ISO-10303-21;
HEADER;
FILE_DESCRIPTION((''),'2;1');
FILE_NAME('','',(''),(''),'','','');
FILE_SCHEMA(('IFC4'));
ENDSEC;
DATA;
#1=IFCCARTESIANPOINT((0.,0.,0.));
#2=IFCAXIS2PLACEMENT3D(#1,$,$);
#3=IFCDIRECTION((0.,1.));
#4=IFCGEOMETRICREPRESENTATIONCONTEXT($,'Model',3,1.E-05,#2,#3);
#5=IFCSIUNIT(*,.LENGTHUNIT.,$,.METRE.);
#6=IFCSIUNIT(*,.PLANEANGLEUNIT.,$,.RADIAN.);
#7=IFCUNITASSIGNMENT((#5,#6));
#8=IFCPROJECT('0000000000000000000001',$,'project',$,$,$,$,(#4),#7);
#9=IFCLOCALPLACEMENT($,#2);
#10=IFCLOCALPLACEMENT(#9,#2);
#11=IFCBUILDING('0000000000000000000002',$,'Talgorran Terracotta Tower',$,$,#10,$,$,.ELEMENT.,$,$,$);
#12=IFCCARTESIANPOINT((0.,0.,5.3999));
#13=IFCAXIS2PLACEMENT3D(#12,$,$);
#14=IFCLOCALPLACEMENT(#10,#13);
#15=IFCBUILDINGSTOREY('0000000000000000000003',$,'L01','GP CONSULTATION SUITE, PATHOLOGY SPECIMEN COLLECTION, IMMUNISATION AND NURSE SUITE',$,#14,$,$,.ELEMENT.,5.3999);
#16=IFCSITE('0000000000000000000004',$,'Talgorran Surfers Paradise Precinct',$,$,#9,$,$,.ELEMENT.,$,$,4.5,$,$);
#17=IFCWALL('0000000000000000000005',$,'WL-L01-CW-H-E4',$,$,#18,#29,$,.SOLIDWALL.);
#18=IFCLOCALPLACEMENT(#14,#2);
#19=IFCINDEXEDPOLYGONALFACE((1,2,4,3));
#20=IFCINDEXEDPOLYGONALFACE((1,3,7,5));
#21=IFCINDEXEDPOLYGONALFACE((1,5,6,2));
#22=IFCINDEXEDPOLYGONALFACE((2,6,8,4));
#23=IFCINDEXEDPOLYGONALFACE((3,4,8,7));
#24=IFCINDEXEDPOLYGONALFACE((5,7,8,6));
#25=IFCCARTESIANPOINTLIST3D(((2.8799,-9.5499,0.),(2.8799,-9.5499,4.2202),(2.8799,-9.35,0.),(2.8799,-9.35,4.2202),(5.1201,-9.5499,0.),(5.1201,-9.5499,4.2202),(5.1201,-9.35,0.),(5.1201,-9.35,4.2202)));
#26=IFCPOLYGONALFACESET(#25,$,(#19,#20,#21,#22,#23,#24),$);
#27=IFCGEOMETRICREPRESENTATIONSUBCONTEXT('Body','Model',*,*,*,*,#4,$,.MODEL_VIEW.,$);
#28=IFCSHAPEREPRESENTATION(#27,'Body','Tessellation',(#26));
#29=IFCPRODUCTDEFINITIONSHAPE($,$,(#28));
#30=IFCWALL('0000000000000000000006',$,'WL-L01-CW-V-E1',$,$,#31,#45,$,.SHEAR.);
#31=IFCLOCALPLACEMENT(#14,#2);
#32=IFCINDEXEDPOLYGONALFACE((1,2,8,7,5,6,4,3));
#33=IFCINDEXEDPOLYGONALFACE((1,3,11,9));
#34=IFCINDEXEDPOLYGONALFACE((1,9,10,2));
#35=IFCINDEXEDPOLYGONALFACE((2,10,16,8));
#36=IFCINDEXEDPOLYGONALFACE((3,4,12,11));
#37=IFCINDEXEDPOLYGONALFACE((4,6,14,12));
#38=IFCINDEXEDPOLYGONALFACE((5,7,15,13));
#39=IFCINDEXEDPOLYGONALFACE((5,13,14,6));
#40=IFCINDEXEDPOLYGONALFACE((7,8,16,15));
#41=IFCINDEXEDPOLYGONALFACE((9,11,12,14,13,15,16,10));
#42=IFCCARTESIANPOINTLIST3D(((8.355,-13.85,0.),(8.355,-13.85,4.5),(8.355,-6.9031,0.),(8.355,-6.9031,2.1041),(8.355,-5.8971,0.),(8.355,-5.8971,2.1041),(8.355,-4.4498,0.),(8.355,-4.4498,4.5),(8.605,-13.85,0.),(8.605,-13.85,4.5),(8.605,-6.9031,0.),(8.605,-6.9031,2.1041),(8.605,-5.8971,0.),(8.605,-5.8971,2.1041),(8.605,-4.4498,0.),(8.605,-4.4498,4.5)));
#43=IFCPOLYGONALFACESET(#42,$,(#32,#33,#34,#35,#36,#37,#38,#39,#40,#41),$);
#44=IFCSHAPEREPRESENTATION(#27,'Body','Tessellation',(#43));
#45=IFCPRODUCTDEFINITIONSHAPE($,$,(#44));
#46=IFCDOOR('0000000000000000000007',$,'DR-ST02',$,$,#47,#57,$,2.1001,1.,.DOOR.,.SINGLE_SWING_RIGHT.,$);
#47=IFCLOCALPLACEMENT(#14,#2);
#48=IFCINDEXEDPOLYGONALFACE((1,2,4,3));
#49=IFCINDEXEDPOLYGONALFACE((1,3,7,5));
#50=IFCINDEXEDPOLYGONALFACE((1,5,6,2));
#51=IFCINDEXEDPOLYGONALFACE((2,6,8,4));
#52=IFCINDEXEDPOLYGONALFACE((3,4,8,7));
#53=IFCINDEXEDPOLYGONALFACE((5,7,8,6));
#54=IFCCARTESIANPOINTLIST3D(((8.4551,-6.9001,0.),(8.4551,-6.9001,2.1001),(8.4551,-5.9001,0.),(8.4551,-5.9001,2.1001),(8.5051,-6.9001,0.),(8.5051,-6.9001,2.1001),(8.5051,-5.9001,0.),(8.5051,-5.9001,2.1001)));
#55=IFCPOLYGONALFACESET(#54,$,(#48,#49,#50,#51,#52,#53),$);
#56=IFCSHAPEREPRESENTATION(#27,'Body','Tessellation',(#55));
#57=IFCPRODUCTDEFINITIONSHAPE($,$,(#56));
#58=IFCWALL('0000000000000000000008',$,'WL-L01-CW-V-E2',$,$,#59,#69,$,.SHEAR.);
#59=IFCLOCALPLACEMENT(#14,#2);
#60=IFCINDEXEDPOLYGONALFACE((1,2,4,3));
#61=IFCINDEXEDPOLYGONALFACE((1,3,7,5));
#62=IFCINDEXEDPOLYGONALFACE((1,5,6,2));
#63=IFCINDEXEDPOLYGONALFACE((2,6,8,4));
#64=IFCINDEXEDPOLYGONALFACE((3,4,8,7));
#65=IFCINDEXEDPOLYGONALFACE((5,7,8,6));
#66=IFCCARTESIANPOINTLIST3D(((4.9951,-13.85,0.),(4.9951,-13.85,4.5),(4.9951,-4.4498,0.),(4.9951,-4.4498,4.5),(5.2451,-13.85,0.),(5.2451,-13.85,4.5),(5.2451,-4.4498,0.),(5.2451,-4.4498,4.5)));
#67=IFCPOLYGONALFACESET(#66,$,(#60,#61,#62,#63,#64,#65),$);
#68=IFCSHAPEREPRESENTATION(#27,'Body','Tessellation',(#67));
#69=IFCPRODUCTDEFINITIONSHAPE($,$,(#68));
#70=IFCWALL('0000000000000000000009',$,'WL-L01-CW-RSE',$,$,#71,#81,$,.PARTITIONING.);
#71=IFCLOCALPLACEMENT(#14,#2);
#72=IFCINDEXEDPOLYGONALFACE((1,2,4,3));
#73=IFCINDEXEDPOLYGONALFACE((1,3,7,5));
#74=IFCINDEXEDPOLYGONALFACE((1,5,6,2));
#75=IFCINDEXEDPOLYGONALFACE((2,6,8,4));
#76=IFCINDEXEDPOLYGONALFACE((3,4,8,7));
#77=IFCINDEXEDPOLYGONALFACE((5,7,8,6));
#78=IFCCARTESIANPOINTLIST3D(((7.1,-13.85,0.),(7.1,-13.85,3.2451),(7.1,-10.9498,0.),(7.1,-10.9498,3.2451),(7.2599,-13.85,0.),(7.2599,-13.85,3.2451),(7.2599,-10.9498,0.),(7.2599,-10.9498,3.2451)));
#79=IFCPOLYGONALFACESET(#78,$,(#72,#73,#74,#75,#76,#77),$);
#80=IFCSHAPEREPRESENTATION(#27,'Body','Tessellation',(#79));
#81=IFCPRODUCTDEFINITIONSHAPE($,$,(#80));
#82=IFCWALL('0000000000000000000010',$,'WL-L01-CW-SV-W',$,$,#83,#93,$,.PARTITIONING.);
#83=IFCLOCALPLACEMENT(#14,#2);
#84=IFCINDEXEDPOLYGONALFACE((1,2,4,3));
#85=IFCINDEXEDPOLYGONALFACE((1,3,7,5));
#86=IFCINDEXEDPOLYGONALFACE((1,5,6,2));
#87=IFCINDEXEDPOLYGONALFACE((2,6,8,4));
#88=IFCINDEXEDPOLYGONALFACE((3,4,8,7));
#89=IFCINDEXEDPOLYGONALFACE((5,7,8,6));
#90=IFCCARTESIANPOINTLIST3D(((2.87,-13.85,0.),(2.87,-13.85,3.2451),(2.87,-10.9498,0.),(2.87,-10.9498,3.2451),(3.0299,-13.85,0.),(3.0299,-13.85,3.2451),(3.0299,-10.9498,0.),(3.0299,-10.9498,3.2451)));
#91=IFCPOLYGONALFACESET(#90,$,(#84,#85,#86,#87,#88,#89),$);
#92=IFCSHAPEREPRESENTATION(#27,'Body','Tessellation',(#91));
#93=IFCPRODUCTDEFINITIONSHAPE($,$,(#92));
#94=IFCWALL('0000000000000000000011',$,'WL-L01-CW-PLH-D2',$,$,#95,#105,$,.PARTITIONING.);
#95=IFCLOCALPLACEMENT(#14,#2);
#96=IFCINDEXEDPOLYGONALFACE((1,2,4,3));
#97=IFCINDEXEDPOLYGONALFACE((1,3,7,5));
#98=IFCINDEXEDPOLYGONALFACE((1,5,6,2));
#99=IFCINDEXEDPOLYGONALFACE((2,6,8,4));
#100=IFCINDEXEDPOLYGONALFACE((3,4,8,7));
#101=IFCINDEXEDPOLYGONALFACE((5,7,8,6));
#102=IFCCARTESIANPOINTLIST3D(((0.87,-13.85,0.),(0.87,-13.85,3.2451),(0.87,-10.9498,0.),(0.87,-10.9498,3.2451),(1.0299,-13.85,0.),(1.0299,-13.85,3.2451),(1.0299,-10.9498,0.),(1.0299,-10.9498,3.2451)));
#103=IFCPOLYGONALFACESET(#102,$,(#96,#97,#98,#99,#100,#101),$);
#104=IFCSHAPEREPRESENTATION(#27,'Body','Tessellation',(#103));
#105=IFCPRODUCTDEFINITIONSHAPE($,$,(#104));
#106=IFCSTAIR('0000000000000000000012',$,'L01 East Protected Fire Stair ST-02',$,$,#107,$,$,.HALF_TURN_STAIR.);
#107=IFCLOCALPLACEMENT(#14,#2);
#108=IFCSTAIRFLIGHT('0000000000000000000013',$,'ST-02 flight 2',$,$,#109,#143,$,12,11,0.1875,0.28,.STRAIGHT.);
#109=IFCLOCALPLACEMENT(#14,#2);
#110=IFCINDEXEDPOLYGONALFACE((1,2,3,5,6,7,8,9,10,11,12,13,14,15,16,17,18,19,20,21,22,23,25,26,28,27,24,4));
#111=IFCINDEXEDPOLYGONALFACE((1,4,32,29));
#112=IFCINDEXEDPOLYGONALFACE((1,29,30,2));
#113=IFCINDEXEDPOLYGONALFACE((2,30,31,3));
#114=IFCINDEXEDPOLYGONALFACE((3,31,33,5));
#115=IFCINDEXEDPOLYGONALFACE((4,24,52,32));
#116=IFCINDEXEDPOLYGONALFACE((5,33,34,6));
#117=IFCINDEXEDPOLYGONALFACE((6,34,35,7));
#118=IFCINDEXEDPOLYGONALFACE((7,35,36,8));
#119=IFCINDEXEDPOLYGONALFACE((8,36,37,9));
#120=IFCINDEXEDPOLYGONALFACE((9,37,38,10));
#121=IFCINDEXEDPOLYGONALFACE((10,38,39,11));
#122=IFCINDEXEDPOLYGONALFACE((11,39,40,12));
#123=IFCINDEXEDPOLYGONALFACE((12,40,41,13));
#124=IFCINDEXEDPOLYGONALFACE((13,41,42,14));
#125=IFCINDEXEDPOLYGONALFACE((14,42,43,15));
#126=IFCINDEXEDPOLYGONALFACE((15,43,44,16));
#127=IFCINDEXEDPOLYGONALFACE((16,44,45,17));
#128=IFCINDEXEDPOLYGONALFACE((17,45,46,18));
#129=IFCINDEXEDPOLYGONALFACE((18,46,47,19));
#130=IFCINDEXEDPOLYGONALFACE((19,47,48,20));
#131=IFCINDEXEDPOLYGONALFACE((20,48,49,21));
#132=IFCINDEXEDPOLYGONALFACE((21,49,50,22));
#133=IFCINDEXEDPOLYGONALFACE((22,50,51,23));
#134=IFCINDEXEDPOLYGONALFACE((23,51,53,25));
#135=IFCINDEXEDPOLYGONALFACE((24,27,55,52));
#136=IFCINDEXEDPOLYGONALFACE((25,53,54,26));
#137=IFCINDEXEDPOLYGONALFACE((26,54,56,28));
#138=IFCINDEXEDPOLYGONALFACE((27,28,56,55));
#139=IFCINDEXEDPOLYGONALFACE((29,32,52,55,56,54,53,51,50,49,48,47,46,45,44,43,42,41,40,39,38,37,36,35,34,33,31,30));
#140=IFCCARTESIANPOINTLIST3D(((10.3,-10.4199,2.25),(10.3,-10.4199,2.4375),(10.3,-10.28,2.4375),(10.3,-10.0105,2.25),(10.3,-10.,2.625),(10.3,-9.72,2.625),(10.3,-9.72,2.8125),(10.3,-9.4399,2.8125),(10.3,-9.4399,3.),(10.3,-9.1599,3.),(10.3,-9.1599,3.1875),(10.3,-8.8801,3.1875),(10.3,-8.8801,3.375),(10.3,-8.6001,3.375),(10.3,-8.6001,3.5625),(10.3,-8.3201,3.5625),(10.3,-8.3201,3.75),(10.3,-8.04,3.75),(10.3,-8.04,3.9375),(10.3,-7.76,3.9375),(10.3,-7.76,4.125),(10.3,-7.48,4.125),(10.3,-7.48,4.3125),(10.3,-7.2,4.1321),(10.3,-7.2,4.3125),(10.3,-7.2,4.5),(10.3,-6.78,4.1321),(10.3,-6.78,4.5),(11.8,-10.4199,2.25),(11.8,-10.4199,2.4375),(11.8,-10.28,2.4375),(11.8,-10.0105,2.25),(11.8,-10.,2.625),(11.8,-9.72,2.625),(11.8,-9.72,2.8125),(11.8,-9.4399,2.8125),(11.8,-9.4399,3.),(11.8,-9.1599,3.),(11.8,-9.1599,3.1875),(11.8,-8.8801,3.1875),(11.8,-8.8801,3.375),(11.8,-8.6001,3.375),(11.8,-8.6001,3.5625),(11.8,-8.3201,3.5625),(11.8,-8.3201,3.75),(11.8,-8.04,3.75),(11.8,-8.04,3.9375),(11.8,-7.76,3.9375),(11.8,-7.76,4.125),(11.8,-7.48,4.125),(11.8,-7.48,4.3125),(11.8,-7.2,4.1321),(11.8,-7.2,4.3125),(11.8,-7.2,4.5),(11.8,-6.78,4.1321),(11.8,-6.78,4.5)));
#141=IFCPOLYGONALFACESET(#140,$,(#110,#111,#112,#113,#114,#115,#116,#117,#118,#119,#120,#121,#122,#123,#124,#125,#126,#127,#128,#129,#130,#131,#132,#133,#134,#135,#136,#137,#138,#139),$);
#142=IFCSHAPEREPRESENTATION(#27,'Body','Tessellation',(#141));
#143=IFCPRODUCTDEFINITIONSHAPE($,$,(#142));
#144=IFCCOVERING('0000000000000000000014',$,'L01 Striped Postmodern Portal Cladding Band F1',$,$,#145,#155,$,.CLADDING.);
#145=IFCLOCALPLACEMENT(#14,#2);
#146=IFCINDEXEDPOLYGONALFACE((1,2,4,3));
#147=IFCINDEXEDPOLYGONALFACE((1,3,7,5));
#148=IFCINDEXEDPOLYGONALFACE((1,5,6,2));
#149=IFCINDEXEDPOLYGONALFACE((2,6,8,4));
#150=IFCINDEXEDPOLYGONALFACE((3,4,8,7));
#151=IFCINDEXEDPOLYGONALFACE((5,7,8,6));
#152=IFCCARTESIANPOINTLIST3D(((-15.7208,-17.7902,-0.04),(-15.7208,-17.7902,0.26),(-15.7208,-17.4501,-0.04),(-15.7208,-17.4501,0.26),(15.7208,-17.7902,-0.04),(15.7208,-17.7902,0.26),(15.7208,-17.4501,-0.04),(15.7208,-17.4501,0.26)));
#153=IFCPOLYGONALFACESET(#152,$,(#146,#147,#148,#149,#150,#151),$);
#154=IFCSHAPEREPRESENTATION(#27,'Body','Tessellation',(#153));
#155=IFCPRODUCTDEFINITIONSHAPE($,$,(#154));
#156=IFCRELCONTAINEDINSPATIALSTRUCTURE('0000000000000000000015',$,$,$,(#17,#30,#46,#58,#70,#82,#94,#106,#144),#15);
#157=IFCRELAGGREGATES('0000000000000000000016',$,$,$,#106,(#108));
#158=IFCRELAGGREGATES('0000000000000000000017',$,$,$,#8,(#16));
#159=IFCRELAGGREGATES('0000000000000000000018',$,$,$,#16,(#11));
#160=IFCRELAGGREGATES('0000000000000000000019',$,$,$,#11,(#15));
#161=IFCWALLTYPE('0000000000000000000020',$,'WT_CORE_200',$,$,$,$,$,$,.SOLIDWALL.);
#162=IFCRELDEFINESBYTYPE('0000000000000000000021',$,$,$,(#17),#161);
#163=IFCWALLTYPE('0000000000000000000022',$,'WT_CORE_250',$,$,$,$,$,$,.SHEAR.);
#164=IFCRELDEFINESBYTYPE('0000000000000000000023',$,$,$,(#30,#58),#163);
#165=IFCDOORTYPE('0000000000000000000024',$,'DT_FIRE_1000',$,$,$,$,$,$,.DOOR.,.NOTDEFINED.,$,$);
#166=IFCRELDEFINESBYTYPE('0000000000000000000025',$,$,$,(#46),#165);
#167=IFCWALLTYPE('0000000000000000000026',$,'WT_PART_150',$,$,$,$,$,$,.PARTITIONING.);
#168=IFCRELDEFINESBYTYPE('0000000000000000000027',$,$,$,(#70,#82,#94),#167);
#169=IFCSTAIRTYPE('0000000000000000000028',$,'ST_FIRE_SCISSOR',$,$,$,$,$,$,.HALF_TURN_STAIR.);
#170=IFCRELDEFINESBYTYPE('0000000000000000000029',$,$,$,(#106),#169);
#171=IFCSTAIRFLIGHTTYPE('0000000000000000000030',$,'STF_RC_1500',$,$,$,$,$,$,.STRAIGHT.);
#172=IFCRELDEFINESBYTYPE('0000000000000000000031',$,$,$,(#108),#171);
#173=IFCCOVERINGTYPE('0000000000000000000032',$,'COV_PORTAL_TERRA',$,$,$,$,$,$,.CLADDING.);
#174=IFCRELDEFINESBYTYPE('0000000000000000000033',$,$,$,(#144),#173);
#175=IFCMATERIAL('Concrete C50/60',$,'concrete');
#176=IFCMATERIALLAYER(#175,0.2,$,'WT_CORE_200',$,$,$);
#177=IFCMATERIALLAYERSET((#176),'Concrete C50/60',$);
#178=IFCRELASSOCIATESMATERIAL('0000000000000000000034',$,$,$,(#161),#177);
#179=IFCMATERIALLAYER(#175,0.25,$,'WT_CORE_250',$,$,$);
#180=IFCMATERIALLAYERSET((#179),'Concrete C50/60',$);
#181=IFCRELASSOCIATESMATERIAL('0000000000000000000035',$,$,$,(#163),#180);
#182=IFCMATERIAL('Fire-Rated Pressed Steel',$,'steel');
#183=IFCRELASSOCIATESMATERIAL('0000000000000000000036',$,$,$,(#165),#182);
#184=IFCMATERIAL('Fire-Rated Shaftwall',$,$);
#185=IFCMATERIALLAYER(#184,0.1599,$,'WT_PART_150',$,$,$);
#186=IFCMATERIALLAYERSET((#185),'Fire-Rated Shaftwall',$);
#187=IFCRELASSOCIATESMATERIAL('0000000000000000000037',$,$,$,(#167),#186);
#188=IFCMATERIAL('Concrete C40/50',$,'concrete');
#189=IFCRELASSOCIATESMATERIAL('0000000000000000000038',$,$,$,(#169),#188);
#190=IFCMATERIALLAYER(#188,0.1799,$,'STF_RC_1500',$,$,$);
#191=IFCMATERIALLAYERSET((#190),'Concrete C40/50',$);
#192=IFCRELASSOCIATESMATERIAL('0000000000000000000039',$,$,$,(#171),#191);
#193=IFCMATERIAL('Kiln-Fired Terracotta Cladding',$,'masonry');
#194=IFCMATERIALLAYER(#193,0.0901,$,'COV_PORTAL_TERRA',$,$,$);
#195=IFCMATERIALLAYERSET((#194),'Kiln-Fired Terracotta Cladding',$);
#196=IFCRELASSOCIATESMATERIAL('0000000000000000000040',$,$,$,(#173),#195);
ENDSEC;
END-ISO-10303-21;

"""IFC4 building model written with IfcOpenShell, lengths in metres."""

from ifc_helpers import new_model, si_unit, direction, frame, frame_2d, origin, origin_2d, place, context, subcontext, project, spatial, polyline, rectangle, outline, extrude, material, layer, layer_set, type_object, element, fill, aggregate, save


model = new_model("IFC4")

# Units and contexts
model_context = context("Model", 3, precision=1e-05, world=origin(), true_north=direction((0.0, 1.0)))
body_context = subcontext(model_context, "Body", "Model", "MODEL_VIEW")
ifc_project = project(units=[si_unit("LENGTHUNIT", "METRE"), si_unit("PLANEANGLEUNIT", "RADIAN")], contexts=[model_context])

# Site, building, storey
site_placement = place(None, origin())
site = spatial("IfcSite", under=ifc_project, at=site_placement, Name="Talgorran Surfers Paradise Precinct", CompositionType="ELEMENT", RefElevation=4.5)
building_placement = place(site_placement, origin())
building = spatial("IfcBuilding", under=site, at=building_placement, Name="Talgorran Terracotta Tower", CompositionType="ELEMENT")
storey_placement = place(building_placement, frame((0.0, 0.0, 5.3999)))
storey = spatial("IfcBuildingStorey", under=building, at=storey_placement, Name="L01", Description="GP CONSULTATION SUITE, PATHOLOGY SPECIMEN COLLECTION, IMMUNISATION AND NURSE SUITE", CompositionType="ELEMENT", Elevation=5.3999)

# Shared definitions
ifc_material_1 = material(Name="Concrete C50/60", Category="concrete")
ifc_layer_1 = layer(ifc_material_1, 0.2, Name="WT_CORE_200")
ifc_layer_set_1 = layer_set([ifc_layer_1], Name="Concrete C50/60")
wall_type_1 = type_object("IfcWallType", Name="WT_CORE_200", PredefinedType="SOLIDWALL", material=ifc_layer_set_1)

# Shared definitions
ifc_material_2 = material(Name="Fire-Rated Pressed Steel", Category="steel")

# Wall
wall_1_placement = place(storey_placement, frame((2.8799, -9.45, 0.0), z_axis=(0.0, 0.0, 1.0), x_axis=(1.0, 0.0, 0.0)))
element("IfcWall", 1, at=wall_1_placement, inside=storey, type_object=wall_type_1, Name="WL-L01-CW-H-E4", PredefinedType="SOLIDWALL", context=body_context, shape_type="SweptSolid", body=[
    extrude(rectangle(XDim=2.2402, YDim=0.2, at=frame_2d((1.1201, 0.0))), origin(), (0.0, 0.0, 1.0), 4.2202),
])

# Wall, opening, door
ifc_layer_2 = layer(ifc_material_1, 0.25, Name="WT_CORE_250")
ifc_layer_set_2 = layer_set([ifc_layer_2], Name="Concrete C50/60")
wall_type_2 = type_object("IfcWallType", Name="WT_CORE_250", PredefinedType="SHEAR", material=ifc_layer_set_2)
wall_2_placement = place(storey_placement, frame((8.48, -13.8501, 0.0), z_axis=(0.0, 0.0, 1.0), x_axis=(0.0, 1.0, 0.0)))
wall_2 = element("IfcWall", 2, at=wall_2_placement, inside=storey, type_object=wall_type_2, Name="WL-L01-CW-V-E1", PredefinedType="SHEAR", context=body_context, shape_type="SweptSolid", body=[
    extrude(rectangle(XDim=9.4001, YDim=0.25, at=frame_2d((4.7002, 0.0))), origin(), (0.0, 0.0, 1.0), 4.5),
])
opening_1_placement = place(wall_2_placement, frame((6.95, 0.0, 0.0)))
opening_1 = element("IfcOpeningElement", 3, at=opening_1_placement, cuts=wall_2, PredefinedType="OPENING", context=body_context, shape_type="SweptSolid", body=[
    extrude(rectangle(XDim=1.006, YDim=2.1041, at=frame_2d((0.5, 1.052))), frame((0.0, 0.135, 0.0), z_axis=(0.0, -1.0, 0.0), x_axis=(1.0, 0.0, 0.0)), (0.0, 0.0, 1.0), 0.27),
])
door_type_1 = type_object("IfcDoorType", Name="DT_FIRE_1000", OperationType="NOTDEFINED", PredefinedType="DOOR", material=ifc_material_2)
door_1_placement = place(opening_1_placement, origin())
door_1 = element("IfcDoor", 4, at=door_1_placement, inside=storey, type_object=door_type_1, Name="DR-ST02", OperationType="SINGLE_SWING_RIGHT", OverallHeight=2.1001, OverallWidth=1.0, PredefinedType="DOOR", context=body_context, shape_type="SweptSolid", body=[
    extrude(rectangle(XDim=1.0, YDim=2.1001, at=frame_2d((0.5, 1.05))), frame((0.0, 0.0249, 0.0), z_axis=(0.0, -1.0, 0.0), x_axis=(1.0, 0.0, 0.0)), (0.0, 0.0, 1.0), 0.05),
])
fill(opening_1, door_1)

# Walls
wall_3_placement = place(storey_placement, frame((5.1201, -13.8501, 0.0), z_axis=(0.0, 0.0, 1.0), x_axis=(0.0, 1.0, 0.0)))
element("IfcWall", 5, at=wall_3_placement, inside=storey, type_object=wall_type_2, Name="WL-L01-CW-V-E2", PredefinedType="SHEAR", context=body_context, shape_type="SweptSolid", body=[
    extrude(rectangle(XDim=9.4001, YDim=0.25, at=frame_2d((4.7002, 0.0))), origin(), (0.0, 0.0, 1.0), 4.5),
])
ifc_material_3 = material(Name="Fire-Rated Shaftwall")
ifc_layer_3 = layer(ifc_material_3, 0.1599, Name="WT_PART_150")
ifc_layer_set_3 = layer_set([ifc_layer_3], Name="Fire-Rated Shaftwall")
wall_type_3 = type_object("IfcWallType", Name="WT_PART_150", PredefinedType="PARTITIONING", material=ifc_layer_set_3)
for number, where, z_axis, x_axis, name in (
    (6, (7.1799, -13.8501, 0.0), (0.0, 0.0, 1.0), (0.0, 1.0, 0.0), "WL-L01-CW-RSE"),
    (7, (2.95, -13.8501, 0.0), (0.0, 0.0, 1.0), (0.0, 1.0, 0.0), "WL-L01-CW-SV-W"),
    (8, (0.95, -13.8501, 0.0), (0.0, 0.0, 1.0), (0.0, 1.0, 0.0), "WL-L01-CW-PLH-D2"),
):
    element("IfcWall", number, at=place(storey_placement, frame(where, z_axis=z_axis, x_axis=x_axis)), inside=storey, type_object=wall_type_3, Name=name, PredefinedType="PARTITIONING", context=body_context, shape_type="SweptSolid", body=[
        extrude(rectangle(XDim=2.9001, YDim=0.1599, at=frame_2d((1.4502, 0.0))), origin(), (0.0, 0.0, 1.0), 3.2451),
    ])

# Stair, stair flight
ifc_material_4 = material(Name="Concrete C40/50", Category="concrete")
stair_type = type_object("IfcStairType", Name="ST_FIRE_SCISSOR", PredefinedType="HALF_TURN_STAIR", material=ifc_material_4)
stair_placement = place(storey_placement, origin())
stair = element("IfcStair", 9, at=stair_placement, inside=storey, type_object=stair_type, Name="L01 East Protected Fire Stair ST-02", PredefinedType="HALF_TURN_STAIR")
ifc_layer_4 = layer(ifc_material_4, 0.1799, Name="STF_RC_1500")
ifc_layer_set_4 = layer_set([ifc_layer_4], Name="Concrete C40/50")
stair_flight_type = type_object("IfcStairFlightType", Name="STF_RC_1500", PredefinedType="STRAIGHT", material=ifc_layer_set_4)
stair_flight_placement = place(storey_placement, frame((11.05, -10.28, 2.25), z_axis=(0.0, 0.0, 1.0), x_axis=(0.0, 1.0, 0.0)))
stair_flight = element("IfcStairFlight", 10, at=stair_flight_placement, type_object=stair_flight_type, Name="ST-02 flight 2", NumberOfRisers=12, NumberOfTreads=11, PredefinedType="STRAIGHT", RiserHeight=0.1875, TreadLength=0.28, context=body_context, shape_type="SweptSolid", body=[
    extrude(outline(polyline([(-0.1399, 0.0), (-0.1399, 0.1875), (0.0, 0.1875), (0.28, 0.375), (0.5601, 0.375), (0.5601, 0.5625), (0.8401, 0.5625), (0.8401, 0.75), (1.1201, 0.75), (1.1201, 0.9375), (1.3999, 0.9375), (1.3999, 1.125), (1.6799, 1.125), (1.6799, 1.3125), (1.96, 1.3125), (1.96, 1.5), (2.24, 1.5), (2.24, 1.6875), (2.52, 1.6875), (2.52, 1.875), (2.8, 1.875), (2.8, 2.0625), (3.0801, 2.0625), (3.0801, 2.25), (3.5, 2.25), (3.5, 1.8821), (3.0801, 1.8821), (0.2695, 0.0), (-0.1399, 0.0)])), frame((0.0, 0.75, 0.0), z_axis=(0.0, -1.0, 0.0), x_axis=(1.0, 0.0, 0.0)), (0.0, 0.0, 1.0), 1.5),
])
aggregate(stair, [stair_flight])

# Covering
ifc_material_5 = material(Name="Kiln-Fired Terracotta Cladding", Category="masonry")
ifc_layer_5 = layer(ifc_material_5, 0.0901, Name="COV_PORTAL_TERRA")
ifc_layer_set_5 = layer_set([ifc_layer_5], Name="Kiln-Fired Terracotta Cladding")
covering_type = type_object("IfcCoveringType", Name="COV_PORTAL_TERRA", PredefinedType="CLADDING", material=ifc_layer_set_5)
covering_placement = place(storey_placement, frame((0.0, -17.6201, -0.04), z_axis=(0.0, 0.0, 1.0), x_axis=(1.0, 0.0, 0.0)))
element("IfcCovering", 11, at=covering_placement, inside=storey, type_object=covering_type, Name="L01 Striped Postmodern Portal Cladding Band F1", PredefinedType="CLADDING", context=body_context, shape_type="SweptSolid", body=[
    extrude(rectangle(XDim=31.4417, YDim=0.3401, at=origin_2d()), origin(), (0.0, 0.0, 1.0), 0.3),
])

save(model, "model.ifc")
